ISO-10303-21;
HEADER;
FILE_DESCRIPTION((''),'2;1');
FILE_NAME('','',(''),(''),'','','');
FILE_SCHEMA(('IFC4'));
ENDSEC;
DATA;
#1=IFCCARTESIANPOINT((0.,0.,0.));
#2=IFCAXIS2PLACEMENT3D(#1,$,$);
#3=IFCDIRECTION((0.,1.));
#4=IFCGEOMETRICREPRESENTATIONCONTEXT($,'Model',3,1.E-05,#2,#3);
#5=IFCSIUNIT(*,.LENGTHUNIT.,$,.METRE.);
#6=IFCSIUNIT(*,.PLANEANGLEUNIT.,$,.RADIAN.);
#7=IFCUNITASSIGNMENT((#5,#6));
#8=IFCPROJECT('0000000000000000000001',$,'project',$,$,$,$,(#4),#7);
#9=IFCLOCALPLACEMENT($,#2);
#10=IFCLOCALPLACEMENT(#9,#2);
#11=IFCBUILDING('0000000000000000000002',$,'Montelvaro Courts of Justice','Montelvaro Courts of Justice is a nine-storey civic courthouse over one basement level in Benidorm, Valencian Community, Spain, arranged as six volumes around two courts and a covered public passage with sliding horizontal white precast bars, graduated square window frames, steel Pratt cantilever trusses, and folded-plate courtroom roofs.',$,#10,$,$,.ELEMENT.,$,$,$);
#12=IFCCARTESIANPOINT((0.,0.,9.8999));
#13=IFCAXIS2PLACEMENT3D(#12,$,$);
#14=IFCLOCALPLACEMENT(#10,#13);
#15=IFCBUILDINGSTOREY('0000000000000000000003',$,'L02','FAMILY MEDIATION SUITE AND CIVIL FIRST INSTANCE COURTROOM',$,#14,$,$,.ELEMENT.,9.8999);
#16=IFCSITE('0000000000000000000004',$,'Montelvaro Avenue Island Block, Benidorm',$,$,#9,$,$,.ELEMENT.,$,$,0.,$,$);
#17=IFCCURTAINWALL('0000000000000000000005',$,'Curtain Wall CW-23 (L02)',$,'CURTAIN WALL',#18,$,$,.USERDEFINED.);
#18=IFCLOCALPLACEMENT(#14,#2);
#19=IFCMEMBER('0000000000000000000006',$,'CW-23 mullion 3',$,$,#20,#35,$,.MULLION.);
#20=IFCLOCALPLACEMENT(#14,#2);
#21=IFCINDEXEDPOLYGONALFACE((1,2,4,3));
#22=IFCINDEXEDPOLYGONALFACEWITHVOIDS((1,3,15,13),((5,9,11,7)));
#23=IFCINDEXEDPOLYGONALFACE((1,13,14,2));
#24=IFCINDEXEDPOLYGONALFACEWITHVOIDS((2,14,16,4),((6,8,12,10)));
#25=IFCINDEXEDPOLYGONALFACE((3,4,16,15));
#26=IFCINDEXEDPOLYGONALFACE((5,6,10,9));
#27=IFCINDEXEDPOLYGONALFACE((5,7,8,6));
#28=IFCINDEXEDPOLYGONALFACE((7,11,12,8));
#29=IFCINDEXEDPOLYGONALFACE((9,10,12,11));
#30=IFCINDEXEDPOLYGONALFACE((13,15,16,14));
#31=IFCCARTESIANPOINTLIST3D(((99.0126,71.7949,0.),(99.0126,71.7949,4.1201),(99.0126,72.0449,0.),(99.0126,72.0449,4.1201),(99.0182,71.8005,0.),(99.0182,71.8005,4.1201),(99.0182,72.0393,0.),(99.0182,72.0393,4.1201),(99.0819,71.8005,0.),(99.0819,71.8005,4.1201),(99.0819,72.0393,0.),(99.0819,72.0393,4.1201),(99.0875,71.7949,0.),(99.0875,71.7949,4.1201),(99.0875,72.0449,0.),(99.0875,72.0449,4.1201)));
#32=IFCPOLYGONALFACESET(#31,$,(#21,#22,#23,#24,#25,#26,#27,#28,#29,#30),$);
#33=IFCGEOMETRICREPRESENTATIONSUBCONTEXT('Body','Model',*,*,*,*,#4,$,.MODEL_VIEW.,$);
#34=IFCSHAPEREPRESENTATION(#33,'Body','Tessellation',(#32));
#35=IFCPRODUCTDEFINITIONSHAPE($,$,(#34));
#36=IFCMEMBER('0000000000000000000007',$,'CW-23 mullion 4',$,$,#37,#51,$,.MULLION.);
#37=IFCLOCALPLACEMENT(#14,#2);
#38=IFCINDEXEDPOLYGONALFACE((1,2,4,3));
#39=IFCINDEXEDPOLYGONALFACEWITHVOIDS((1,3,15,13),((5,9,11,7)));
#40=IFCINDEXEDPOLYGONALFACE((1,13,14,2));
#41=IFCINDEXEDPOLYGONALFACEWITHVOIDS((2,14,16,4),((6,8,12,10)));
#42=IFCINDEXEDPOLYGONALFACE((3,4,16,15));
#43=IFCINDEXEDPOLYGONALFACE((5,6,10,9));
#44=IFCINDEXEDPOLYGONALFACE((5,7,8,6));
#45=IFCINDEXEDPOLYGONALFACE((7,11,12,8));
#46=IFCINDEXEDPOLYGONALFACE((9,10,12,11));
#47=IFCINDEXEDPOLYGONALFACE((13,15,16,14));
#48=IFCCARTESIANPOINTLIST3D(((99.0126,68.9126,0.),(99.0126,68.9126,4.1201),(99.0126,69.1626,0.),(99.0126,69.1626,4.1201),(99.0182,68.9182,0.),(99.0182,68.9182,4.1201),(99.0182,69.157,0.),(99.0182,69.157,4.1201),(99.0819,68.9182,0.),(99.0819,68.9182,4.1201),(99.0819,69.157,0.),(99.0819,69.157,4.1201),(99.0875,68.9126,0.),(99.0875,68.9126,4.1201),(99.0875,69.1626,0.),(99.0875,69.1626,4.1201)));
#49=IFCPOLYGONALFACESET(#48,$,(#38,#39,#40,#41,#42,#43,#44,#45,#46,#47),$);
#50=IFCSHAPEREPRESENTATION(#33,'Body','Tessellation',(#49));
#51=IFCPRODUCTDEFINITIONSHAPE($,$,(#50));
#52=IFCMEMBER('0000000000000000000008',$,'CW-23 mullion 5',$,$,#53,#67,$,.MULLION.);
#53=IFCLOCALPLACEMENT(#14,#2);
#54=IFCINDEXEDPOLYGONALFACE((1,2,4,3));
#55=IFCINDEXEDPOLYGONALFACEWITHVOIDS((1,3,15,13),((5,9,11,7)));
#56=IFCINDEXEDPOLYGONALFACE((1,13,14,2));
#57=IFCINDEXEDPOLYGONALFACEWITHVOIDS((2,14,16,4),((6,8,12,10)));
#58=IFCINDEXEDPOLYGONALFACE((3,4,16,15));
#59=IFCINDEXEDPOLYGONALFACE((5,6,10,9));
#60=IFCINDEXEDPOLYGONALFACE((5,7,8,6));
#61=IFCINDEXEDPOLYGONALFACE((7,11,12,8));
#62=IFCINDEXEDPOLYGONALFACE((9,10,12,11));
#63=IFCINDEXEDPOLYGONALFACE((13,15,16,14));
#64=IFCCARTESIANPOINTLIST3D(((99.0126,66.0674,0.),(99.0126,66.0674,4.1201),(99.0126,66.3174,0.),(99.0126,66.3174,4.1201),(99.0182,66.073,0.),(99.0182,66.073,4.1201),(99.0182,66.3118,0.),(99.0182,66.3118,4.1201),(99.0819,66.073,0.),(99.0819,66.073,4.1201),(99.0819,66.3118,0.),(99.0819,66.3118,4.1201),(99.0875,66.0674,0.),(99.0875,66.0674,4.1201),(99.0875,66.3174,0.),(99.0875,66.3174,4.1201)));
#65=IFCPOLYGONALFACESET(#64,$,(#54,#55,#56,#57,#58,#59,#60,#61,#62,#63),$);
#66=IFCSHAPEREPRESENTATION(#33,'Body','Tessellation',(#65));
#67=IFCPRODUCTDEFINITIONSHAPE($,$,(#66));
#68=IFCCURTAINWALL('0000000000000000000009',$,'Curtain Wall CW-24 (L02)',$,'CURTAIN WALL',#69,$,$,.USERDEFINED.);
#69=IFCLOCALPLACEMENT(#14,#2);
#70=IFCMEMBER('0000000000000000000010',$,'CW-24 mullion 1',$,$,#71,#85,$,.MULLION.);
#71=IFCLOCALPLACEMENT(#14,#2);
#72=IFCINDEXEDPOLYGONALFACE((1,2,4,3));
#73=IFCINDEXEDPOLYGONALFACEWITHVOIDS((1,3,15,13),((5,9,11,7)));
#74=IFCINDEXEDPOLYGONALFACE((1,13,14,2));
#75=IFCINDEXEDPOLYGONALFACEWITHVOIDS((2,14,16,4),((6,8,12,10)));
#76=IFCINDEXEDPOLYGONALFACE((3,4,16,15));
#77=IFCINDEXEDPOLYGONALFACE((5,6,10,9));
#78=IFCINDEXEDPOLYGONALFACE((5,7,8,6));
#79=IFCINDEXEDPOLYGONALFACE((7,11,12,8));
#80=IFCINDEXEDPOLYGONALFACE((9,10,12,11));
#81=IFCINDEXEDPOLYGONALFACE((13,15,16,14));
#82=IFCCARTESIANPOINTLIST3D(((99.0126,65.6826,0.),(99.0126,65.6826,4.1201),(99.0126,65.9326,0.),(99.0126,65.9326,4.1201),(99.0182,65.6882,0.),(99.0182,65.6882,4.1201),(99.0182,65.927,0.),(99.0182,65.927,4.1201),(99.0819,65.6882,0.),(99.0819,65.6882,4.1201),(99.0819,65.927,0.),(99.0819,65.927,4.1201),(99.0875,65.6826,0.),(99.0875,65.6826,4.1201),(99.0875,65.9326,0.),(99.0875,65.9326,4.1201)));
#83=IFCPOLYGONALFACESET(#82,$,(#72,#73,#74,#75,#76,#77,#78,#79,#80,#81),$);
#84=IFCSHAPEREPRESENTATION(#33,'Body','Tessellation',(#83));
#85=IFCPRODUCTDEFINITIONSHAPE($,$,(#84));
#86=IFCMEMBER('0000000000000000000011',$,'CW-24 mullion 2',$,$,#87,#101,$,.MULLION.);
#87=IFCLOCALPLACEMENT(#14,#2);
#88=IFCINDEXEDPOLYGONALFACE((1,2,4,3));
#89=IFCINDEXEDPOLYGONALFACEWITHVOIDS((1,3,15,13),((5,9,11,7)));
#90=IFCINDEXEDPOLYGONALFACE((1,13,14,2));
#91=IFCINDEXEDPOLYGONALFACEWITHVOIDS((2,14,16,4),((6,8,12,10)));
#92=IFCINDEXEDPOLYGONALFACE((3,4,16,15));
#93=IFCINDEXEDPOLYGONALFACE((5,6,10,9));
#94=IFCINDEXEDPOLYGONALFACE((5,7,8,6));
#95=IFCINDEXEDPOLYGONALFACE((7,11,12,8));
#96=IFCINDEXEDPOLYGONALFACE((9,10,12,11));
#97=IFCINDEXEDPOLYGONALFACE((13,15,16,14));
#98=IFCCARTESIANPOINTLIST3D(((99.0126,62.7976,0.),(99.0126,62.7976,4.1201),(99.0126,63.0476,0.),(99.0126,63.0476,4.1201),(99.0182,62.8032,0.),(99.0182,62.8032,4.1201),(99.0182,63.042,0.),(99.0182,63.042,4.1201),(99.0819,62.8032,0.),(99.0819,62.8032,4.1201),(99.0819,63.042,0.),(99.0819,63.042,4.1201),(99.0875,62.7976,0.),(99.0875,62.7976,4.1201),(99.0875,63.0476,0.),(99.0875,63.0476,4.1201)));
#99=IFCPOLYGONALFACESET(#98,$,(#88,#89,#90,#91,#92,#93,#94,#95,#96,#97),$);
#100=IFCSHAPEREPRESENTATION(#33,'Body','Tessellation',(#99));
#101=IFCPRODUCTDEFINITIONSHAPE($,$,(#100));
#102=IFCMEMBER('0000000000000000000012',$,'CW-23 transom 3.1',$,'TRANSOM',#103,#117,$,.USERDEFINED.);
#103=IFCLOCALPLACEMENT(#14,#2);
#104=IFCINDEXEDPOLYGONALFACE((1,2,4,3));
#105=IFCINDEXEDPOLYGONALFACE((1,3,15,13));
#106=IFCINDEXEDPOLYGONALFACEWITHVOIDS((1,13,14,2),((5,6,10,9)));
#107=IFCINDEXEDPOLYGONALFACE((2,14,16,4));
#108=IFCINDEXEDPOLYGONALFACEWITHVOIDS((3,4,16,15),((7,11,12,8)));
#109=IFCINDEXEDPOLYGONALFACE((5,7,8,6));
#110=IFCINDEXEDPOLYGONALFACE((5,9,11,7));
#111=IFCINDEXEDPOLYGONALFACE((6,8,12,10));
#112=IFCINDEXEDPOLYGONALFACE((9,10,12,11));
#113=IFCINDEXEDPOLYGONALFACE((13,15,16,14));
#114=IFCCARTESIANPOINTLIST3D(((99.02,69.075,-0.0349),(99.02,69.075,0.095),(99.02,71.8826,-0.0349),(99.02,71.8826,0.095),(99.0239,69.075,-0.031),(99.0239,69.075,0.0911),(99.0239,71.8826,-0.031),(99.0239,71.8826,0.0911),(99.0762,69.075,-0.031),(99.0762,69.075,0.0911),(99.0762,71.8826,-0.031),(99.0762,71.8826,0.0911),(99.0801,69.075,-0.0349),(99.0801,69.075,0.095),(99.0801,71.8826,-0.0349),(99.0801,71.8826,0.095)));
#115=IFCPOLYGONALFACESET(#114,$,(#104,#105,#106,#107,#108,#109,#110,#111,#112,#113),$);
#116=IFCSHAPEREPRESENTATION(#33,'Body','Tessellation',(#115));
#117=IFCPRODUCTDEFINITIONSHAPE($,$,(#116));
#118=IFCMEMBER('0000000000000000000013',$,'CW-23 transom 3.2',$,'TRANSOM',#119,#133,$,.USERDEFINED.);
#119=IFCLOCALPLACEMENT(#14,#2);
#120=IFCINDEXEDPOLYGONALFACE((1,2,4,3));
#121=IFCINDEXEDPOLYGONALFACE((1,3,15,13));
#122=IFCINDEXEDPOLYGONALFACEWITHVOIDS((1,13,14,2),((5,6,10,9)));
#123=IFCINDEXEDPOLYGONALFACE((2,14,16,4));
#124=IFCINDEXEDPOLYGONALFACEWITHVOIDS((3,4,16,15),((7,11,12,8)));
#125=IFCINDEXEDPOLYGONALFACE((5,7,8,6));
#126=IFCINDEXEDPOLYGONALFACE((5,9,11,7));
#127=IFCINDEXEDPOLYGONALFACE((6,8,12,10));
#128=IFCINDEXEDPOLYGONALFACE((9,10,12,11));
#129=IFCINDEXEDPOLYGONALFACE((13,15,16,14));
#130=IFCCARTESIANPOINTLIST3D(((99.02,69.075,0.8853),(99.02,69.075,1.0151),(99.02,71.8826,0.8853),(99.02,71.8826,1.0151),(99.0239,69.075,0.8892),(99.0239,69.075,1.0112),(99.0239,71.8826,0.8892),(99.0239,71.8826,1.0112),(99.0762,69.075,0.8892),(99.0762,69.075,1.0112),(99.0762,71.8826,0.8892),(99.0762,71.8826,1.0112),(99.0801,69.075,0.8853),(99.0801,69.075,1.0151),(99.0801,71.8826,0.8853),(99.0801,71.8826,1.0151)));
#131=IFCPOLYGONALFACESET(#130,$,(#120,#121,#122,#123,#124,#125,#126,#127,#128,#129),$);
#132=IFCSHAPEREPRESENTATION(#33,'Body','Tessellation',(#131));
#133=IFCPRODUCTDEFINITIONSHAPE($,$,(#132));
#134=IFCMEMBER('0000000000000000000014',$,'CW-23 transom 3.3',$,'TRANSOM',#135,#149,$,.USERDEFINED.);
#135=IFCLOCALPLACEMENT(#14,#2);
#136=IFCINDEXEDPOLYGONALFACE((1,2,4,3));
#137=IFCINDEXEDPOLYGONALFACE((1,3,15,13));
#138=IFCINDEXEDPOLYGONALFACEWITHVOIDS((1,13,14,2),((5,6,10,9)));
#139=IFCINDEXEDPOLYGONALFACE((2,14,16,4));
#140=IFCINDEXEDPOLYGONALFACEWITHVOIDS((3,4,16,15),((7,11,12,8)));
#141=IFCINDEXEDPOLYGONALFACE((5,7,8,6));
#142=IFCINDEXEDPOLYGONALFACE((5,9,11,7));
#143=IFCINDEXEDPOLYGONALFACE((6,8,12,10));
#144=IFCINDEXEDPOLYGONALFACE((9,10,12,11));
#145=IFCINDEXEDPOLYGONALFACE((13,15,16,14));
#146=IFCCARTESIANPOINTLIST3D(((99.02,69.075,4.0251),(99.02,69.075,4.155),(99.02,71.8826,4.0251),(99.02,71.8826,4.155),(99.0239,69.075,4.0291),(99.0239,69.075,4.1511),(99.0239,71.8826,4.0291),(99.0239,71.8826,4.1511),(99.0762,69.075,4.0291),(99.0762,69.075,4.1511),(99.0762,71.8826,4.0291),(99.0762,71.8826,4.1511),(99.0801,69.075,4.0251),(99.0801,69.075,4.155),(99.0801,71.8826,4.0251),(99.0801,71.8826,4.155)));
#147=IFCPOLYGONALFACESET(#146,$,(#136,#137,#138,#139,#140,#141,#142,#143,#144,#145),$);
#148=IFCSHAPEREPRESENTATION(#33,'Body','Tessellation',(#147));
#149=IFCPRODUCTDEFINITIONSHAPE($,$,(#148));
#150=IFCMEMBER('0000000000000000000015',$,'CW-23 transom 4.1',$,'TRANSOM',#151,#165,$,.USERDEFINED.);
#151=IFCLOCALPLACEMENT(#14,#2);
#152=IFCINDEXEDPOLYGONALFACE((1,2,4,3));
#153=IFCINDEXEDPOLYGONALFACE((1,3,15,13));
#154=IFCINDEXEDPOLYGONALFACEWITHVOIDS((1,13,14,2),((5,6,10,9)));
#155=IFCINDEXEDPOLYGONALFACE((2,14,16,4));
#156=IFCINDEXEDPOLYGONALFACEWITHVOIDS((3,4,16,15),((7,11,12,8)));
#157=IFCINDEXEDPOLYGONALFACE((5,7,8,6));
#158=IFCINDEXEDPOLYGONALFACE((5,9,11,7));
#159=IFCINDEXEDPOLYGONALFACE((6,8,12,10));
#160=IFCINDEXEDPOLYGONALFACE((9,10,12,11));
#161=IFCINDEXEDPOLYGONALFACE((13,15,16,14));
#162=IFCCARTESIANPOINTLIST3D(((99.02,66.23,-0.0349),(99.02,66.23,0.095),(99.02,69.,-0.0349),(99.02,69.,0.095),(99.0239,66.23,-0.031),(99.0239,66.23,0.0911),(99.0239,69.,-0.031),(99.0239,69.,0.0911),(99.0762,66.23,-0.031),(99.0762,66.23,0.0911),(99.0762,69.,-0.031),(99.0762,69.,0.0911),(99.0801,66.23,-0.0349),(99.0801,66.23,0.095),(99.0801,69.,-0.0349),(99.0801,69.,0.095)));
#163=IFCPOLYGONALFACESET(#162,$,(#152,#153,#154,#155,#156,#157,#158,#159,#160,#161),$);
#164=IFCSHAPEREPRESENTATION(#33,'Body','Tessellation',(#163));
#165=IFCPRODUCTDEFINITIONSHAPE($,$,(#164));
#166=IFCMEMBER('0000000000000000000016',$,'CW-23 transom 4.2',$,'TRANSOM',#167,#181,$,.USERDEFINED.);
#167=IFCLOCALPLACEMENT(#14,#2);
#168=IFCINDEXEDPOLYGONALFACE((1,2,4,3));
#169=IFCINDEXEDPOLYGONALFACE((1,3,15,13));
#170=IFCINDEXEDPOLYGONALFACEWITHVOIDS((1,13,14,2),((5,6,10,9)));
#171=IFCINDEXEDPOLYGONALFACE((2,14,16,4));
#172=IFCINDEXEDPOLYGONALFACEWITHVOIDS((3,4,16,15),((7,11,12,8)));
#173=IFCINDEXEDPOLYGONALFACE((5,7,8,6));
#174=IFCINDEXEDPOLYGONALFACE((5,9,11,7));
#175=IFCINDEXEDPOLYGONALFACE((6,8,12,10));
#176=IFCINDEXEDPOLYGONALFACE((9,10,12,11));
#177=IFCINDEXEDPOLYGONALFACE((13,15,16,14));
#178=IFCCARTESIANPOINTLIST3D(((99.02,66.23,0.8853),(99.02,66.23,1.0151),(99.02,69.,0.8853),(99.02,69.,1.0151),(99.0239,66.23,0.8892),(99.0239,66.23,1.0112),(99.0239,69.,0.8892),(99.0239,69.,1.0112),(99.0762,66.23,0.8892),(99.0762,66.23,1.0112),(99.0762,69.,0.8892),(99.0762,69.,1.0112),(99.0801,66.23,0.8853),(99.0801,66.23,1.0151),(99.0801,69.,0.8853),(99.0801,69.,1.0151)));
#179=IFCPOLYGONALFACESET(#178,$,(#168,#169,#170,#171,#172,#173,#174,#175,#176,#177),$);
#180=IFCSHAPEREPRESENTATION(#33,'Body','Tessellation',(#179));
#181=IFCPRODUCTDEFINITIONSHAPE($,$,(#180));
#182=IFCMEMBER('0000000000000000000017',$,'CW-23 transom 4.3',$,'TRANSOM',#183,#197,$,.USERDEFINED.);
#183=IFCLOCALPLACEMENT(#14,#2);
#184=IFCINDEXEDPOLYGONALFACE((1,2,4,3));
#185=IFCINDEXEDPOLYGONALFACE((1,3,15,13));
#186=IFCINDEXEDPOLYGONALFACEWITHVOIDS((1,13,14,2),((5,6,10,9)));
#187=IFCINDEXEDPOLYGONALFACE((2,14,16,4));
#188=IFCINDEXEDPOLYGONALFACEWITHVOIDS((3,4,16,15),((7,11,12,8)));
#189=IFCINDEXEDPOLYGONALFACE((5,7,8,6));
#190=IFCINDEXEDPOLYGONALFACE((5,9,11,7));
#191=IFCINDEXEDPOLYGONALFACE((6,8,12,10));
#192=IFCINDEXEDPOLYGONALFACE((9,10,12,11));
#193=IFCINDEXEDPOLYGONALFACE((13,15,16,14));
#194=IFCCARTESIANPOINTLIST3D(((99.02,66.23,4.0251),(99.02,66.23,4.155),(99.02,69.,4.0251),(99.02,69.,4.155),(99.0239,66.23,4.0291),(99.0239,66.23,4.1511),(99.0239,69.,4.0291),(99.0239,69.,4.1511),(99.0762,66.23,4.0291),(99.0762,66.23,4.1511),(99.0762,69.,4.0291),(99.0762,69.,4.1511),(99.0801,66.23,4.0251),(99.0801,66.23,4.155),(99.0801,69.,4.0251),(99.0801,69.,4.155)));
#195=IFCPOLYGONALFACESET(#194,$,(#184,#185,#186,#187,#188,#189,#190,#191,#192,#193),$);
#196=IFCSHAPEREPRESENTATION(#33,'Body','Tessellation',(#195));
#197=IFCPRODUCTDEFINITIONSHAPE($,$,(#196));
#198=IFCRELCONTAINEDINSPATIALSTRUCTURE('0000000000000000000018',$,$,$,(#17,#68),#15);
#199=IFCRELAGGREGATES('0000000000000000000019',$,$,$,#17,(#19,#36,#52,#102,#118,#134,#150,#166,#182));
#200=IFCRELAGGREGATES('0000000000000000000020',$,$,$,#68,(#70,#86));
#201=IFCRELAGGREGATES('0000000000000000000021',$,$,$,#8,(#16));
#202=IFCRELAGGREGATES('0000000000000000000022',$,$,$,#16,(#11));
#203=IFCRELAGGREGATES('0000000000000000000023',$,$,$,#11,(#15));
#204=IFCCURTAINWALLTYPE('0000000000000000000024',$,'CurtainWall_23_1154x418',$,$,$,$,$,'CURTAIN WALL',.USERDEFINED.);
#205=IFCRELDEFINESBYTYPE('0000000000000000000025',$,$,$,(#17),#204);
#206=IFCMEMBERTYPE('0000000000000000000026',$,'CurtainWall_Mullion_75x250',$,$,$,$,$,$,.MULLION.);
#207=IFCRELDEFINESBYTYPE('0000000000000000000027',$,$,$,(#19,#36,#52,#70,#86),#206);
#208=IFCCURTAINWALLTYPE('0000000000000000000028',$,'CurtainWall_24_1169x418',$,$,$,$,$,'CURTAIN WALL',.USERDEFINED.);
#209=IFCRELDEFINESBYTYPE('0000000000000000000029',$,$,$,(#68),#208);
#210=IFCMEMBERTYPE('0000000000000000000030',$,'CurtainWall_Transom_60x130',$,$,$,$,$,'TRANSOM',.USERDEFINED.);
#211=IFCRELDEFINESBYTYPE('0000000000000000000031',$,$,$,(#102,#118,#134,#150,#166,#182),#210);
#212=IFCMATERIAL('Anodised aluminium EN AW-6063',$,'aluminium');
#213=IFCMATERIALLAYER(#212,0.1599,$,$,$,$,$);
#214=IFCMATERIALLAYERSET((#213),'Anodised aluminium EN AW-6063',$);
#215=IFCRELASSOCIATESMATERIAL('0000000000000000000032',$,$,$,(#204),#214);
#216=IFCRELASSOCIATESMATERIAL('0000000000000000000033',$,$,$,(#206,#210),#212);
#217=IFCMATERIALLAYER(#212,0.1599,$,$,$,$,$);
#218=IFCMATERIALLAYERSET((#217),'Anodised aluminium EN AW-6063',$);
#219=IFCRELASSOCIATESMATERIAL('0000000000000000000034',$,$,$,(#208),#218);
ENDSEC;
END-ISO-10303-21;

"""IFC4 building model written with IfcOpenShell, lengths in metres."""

from ifc_helpers import new_model, si_unit, direction, frame, origin, origin_2d, place, context, subcontext, project, spatial, hollow_rectangle, extrude, material, layer, layer_set, material_profile, profile_set, type_object, element, aggregate, save


model = new_model("IFC4")

# Units and contexts
model_context = context("Model", 3, precision=1e-05, world=origin(), true_north=direction((0.0, 1.0)))
body_context = subcontext(model_context, "Body", "Model", "MODEL_VIEW")
ifc_project = project(units=[si_unit("LENGTHUNIT", "METRE"), si_unit("PLANEANGLEUNIT", "RADIAN")], contexts=[model_context])

# Site, building, storey
site_placement = place(None, origin())
site = spatial("IfcSite", under=ifc_project, at=site_placement, Name="Montelvaro Avenue Island Block, Benidorm", CompositionType="ELEMENT", RefElevation=0.0)
building_placement = place(site_placement, origin())
building = spatial("IfcBuilding", under=site, at=building_placement, Name="Montelvaro Courts of Justice", Description="Montelvaro Courts of Justice is a nine-storey civic courthouse over one basement level in Benidorm, Valencian Community, Spain, arranged as six volumes around two courts and a covered public passage with sliding horizontal white precast bars, graduated square window frames, steel Pratt cantilever trusses, and folded-plate courtroom roofs.", CompositionType="ELEMENT")
storey_placement = place(building_placement, frame((0.0, 0.0, 9.8999)))
storey = spatial("IfcBuildingStorey", under=building, at=storey_placement, Name="L02", Description="FAMILY MEDIATION SUITE AND CIVIL FIRST INSTANCE COURTROOM", CompositionType="ELEMENT", Elevation=9.8999)

# Curtain walls, members
ifc_material_1 = material(Name="Anodised aluminium EN AW-6063", Category="aluminium")
ifc_layer_1 = layer(ifc_material_1, 0.1599)
ifc_layer_set_1 = layer_set([ifc_layer_1], Name="Anodised aluminium EN AW-6063")
curtain_wall_type_1 = type_object("IfcCurtainWallType", Name="CurtainWall_23_1154x418", ElementType="CURTAIN WALL", PredefinedType="USERDEFINED", material=ifc_layer_set_1)
curtain_wall_1_placement = place(storey_placement, origin())
curtain_wall_1 = element("IfcCurtainWall", 1, at=curtain_wall_1_placement, inside=storey, type_object=curtain_wall_type_1, Name="Curtain Wall CW-23 (L02)", ObjectType="CURTAIN WALL", PredefinedType="USERDEFINED")
ifc_material_profile_1 = material_profile(ifc_material_1, hollow_rectangle(XDim=0.075, YDim=0.25, WallThickness=0.0056, at=origin_2d()), Name="ALU-M 75x250")
ifc_profile_set_1 = profile_set([ifc_material_profile_1], Name="Anodised aluminium EN AW-6063")
member_type_1 = type_object("IfcMemberType", Name="CurtainWall_Mullion_75x250", PredefinedType="MULLION", material=ifc_profile_set_1)
member_1_placement = place(storey_placement, frame((99.05, 71.9199, 0.0), z_axis=(0.0, 0.0, 1.0), x_axis=(1.0, 0.0, 0.0)))
member_1 = element("IfcMember", 2, at=member_1_placement, type_object=member_type_1, Name="CW-23 mullion 3", PredefinedType="MULLION", context=body_context, shape_type="SweptSolid", body=[
    extrude(hollow_rectangle(XDim=0.075, YDim=0.25, WallThickness=0.0056, at=origin_2d()), origin(), (0.0, 0.0, 1.0), 4.1201),
])
member_2_placement = place(storey_placement, frame((99.05, 69.0376, 0.0), z_axis=(0.0, 0.0, 1.0), x_axis=(1.0, 0.0, 0.0)))
member_2 = element("IfcMember", 3, at=member_2_placement, type_object=member_type_1, Name="CW-23 mullion 4", PredefinedType="MULLION", context=body_context, shape_type="SweptSolid", body=[
    extrude(hollow_rectangle(XDim=0.075, YDim=0.25, WallThickness=0.0056, at=origin_2d()), origin(), (0.0, 0.0, 1.0), 4.1201),
])
member_3_placement = place(storey_placement, frame((99.05, 66.1924, 0.0), z_axis=(0.0, 0.0, 1.0), x_axis=(1.0, 0.0, 0.0)))
member_3 = element("IfcMember", 4, at=member_3_placement, type_object=member_type_1, Name="CW-23 mullion 5", PredefinedType="MULLION", context=body_context, shape_type="SweptSolid", body=[
    extrude(hollow_rectangle(XDim=0.075, YDim=0.25, WallThickness=0.0056, at=origin_2d()), origin(), (0.0, 0.0, 1.0), 4.1201),
])
ifc_layer_2 = layer(ifc_material_1, 0.1599)
ifc_layer_set_2 = layer_set([ifc_layer_2], Name="Anodised aluminium EN AW-6063")
curtain_wall_type_2 = type_object("IfcCurtainWallType", Name="CurtainWall_24_1169x418", ElementType="CURTAIN WALL", PredefinedType="USERDEFINED", material=ifc_layer_set_2)
curtain_wall_2_placement = place(storey_placement, origin())
curtain_wall_2 = element("IfcCurtainWall", 5, at=curtain_wall_2_placement, inside=storey, type_object=curtain_wall_type_2, Name="Curtain Wall CW-24 (L02)", ObjectType="CURTAIN WALL", PredefinedType="USERDEFINED")
member_4_placement = place(storey_placement, frame((99.05, 65.8076, 0.0), z_axis=(0.0, 0.0, 1.0), x_axis=(1.0, 0.0, 0.0)))
member_4 = element("IfcMember", 6, at=member_4_placement, type_object=member_type_1, Name="CW-24 mullion 1", PredefinedType="MULLION", context=body_context, shape_type="SweptSolid", body=[
    extrude(hollow_rectangle(XDim=0.075, YDim=0.25, WallThickness=0.0056, at=origin_2d()), origin(), (0.0, 0.0, 1.0), 4.1201),
])
member_5_placement = place(storey_placement, frame((99.05, 62.9226, 0.0), z_axis=(0.0, 0.0, 1.0), x_axis=(1.0, 0.0, 0.0)))
member_5 = element("IfcMember", 7, at=member_5_placement, type_object=member_type_1, Name="CW-24 mullion 2", PredefinedType="MULLION", context=body_context, shape_type="SweptSolid", body=[
    extrude(hollow_rectangle(XDim=0.075, YDim=0.25, WallThickness=0.0056, at=origin_2d()), origin(), (0.0, 0.0, 1.0), 4.1201),
])

# Members
ifc_material_profile_2 = material_profile(ifc_material_1, hollow_rectangle(XDim=0.0601, YDim=0.1299, WallThickness=0.0039, at=origin_2d()), Name="ALU-T 60x130")
ifc_profile_set_2 = profile_set([ifc_material_profile_2], Name="Anodised aluminium EN AW-6063")
member_type_2 = type_object("IfcMemberType", Name="CurtainWall_Transom_60x130", ElementType="TRANSOM", PredefinedType="USERDEFINED", material=ifc_profile_set_2)
member_6_placement = place(storey_placement, frame((99.05, 71.8826, 0.03), z_axis=(0.0, -1.0, 0.0), x_axis=(1.0, 0.0, 0.0)))
member_6 = element("IfcMember", 8, at=member_6_placement, type_object=member_type_2, Name="CW-23 transom 3.1", ObjectType="TRANSOM", PredefinedType="USERDEFINED", context=body_context, shape_type="SweptSolid", body=[
    extrude(hollow_rectangle(XDim=0.0601, YDim=0.1299, WallThickness=0.0039, at=origin_2d()), origin(), (0.0, 0.0, 1.0), 2.8076),
])
member_7_placement = place(storey_placement, frame((99.05, 71.8826, 0.9502), z_axis=(0.0, -1.0, 0.0), x_axis=(1.0, 0.0, 0.0)))
member_7 = element("IfcMember", 9, at=member_7_placement, type_object=member_type_2, Name="CW-23 transom 3.2", ObjectType="TRANSOM", PredefinedType="USERDEFINED", context=body_context, shape_type="SweptSolid", body=[
    extrude(hollow_rectangle(XDim=0.0601, YDim=0.1299, WallThickness=0.0039, at=origin_2d()), origin(), (0.0, 0.0, 1.0), 2.8076),
])
member_8_placement = place(storey_placement, frame((99.05, 71.8826, 4.0901), z_axis=(0.0, -1.0, 0.0), x_axis=(1.0, 0.0, 0.0)))
member_8 = element("IfcMember", 10, at=member_8_placement, type_object=member_type_2, Name="CW-23 transom 3.3", ObjectType="TRANSOM", PredefinedType="USERDEFINED", context=body_context, shape_type="SweptSolid", body=[
    extrude(hollow_rectangle(XDim=0.0601, YDim=0.1299, WallThickness=0.0039, at=origin_2d()), origin(), (0.0, 0.0, 1.0), 2.8076),
])
member_9_placement = place(storey_placement, frame((99.05, 69.0, 0.03), z_axis=(0.0, -1.0, 0.0), x_axis=(1.0, 0.0, 0.0)))
member_9 = element("IfcMember", 11, at=member_9_placement, type_object=member_type_2, Name="CW-23 transom 4.1", ObjectType="TRANSOM", PredefinedType="USERDEFINED", context=body_context, shape_type="SweptSolid", body=[
    extrude(hollow_rectangle(XDim=0.0601, YDim=0.1299, WallThickness=0.0039, at=origin_2d()), origin(), (0.0, 0.0, 1.0), 2.77),
])
member_10_placement = place(storey_placement, frame((99.05, 69.0, 0.9502), z_axis=(0.0, -1.0, 0.0), x_axis=(1.0, 0.0, 0.0)))
member_10 = element("IfcMember", 12, at=member_10_placement, type_object=member_type_2, Name="CW-23 transom 4.2", ObjectType="TRANSOM", PredefinedType="USERDEFINED", context=body_context, shape_type="SweptSolid", body=[
    extrude(hollow_rectangle(XDim=0.0601, YDim=0.1299, WallThickness=0.0039, at=origin_2d()), origin(), (0.0, 0.0, 1.0), 2.77),
])
member_11_placement = place(storey_placement, frame((99.05, 69.0, 4.0901), z_axis=(0.0, -1.0, 0.0), x_axis=(1.0, 0.0, 0.0)))
member_11 = element("IfcMember", 13, at=member_11_placement, type_object=member_type_2, Name="CW-23 transom 4.3", ObjectType="TRANSOM", PredefinedType="USERDEFINED", context=body_context, shape_type="SweptSolid", body=[
    extrude(hollow_rectangle(XDim=0.0601, YDim=0.1299, WallThickness=0.0039, at=origin_2d()), origin(), (0.0, 0.0, 1.0), 2.77),
])

aggregate(curtain_wall_1, [member_1, member_2, member_3, member_6, member_7, member_8, member_9, member_10, member_11])
aggregate(curtain_wall_2, [member_4, member_5])

save(model, "model.ifc")
